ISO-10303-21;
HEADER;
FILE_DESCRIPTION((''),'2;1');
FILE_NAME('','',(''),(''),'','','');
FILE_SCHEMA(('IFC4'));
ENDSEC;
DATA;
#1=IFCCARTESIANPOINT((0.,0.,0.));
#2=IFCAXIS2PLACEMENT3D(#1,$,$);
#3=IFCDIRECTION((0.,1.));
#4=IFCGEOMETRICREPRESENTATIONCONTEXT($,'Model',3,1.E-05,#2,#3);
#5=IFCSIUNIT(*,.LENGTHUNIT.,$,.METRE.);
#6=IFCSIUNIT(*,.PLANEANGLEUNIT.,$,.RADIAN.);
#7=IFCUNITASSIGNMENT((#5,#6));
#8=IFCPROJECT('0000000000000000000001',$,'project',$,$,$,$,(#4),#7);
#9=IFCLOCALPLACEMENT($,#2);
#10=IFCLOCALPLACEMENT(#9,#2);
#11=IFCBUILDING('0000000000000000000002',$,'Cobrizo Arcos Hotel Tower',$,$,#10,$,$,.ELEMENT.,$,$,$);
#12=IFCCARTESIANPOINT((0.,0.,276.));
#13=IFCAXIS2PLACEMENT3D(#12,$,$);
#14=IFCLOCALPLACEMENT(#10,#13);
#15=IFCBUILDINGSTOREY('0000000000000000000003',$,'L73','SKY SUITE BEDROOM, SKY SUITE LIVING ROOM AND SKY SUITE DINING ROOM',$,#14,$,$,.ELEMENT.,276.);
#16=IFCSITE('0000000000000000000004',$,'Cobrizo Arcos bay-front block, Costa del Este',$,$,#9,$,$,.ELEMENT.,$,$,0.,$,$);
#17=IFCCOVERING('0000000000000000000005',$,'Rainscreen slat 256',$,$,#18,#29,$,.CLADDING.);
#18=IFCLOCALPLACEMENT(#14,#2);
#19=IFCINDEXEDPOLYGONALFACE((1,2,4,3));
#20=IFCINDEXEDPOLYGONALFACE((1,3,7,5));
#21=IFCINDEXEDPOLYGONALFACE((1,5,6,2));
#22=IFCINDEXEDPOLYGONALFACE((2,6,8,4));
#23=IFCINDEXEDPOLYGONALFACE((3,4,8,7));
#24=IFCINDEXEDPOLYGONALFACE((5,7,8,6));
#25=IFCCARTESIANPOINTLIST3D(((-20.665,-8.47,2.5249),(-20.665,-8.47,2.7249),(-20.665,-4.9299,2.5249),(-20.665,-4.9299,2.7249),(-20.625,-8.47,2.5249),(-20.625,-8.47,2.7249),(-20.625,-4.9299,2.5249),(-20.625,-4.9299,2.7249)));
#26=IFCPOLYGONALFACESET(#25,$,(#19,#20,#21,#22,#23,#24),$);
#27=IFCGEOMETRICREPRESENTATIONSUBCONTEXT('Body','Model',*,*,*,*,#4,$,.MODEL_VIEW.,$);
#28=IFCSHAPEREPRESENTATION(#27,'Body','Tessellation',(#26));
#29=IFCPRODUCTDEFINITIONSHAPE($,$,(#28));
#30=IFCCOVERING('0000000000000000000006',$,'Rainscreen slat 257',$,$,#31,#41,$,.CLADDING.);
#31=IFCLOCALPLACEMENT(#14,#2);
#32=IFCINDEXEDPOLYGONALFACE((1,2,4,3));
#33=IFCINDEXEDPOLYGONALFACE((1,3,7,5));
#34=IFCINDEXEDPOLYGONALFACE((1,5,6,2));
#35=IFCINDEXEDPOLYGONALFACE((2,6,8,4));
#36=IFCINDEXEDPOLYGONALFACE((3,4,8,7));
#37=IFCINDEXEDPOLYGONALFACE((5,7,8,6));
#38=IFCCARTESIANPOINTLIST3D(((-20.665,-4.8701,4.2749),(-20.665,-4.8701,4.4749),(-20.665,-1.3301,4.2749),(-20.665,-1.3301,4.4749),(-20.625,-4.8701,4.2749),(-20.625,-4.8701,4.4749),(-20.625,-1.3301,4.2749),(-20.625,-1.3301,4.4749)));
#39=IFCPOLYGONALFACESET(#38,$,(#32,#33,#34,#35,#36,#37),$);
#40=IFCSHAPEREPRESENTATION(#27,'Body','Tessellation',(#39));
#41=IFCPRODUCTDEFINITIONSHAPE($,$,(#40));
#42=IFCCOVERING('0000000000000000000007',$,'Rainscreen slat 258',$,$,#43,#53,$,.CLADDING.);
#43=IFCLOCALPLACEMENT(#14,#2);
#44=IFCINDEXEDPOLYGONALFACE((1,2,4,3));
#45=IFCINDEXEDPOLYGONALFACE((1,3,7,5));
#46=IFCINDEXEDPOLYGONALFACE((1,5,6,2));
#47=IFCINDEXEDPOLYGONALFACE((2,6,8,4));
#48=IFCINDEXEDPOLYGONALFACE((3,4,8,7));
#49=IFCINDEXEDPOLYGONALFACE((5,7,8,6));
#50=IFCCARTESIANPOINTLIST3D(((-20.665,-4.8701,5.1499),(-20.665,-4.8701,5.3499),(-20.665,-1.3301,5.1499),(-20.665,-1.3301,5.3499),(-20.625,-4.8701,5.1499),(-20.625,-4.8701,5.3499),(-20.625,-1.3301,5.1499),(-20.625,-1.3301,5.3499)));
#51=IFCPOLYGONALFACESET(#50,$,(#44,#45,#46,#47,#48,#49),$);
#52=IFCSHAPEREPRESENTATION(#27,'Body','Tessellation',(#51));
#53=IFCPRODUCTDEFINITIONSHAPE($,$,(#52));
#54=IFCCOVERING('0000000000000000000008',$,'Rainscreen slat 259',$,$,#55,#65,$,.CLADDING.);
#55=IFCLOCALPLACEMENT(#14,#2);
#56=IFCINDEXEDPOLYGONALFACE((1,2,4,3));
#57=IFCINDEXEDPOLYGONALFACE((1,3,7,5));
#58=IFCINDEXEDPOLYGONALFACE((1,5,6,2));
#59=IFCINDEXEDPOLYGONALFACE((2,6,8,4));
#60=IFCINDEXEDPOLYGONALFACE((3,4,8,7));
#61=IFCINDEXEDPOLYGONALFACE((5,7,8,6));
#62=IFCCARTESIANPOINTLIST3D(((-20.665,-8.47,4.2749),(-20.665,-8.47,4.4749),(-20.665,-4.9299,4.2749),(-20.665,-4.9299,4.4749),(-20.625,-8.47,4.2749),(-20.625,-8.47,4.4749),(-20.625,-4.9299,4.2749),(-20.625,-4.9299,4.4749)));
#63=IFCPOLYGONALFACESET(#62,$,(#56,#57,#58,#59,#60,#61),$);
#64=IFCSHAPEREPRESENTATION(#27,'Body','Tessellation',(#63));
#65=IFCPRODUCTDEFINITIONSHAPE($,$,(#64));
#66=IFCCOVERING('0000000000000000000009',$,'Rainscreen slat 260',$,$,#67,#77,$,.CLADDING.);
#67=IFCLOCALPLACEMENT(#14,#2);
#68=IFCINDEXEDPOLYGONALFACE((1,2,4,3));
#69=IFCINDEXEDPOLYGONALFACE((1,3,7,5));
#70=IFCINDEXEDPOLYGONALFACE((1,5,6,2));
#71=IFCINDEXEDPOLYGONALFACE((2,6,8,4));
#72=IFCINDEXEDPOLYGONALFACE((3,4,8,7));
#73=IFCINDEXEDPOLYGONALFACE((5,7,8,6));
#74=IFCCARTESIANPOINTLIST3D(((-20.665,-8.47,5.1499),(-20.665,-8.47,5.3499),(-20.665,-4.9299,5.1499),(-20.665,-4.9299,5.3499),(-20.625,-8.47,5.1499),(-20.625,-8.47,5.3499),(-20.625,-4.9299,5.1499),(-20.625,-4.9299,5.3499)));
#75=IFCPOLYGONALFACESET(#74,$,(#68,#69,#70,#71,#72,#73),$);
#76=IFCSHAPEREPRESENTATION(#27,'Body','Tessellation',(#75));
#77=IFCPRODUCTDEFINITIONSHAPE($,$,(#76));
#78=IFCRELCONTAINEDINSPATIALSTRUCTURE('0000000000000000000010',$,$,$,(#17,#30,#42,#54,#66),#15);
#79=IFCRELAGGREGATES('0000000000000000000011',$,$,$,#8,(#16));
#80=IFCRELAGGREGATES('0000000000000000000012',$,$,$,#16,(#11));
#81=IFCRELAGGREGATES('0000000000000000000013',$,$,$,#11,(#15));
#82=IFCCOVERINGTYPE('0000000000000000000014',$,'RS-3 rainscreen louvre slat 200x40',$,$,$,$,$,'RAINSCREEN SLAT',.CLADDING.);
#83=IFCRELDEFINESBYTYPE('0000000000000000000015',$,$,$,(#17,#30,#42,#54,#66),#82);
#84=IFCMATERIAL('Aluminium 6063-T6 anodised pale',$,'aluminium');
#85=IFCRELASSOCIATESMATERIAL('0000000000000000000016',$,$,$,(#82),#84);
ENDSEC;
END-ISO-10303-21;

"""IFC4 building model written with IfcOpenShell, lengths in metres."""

from ifc_helpers import new_model, si_unit, direction, frame, origin, origin_2d, place, context, subcontext, project, spatial, rectangle, extrude, material, type_object, element, save


model = new_model("IFC4")

# Units and contexts
model_context = context("Model", 3, precision=1e-05, world=origin(), true_north=direction((0.0, 1.0)))
body_context = subcontext(model_context, "Body", "Model", "MODEL_VIEW")
ifc_project = project(units=[si_unit("LENGTHUNIT", "METRE"), si_unit("PLANEANGLEUNIT", "RADIAN")], contexts=[model_context])

# Site, building, storey
site_placement = place(None, origin())
site = spatial("IfcSite", under=ifc_project, at=site_placement, Name="Cobrizo Arcos bay-front block, Costa del Este", CompositionType="ELEMENT", RefElevation=0.0)
building_placement = place(site_placement, origin())
building = spatial("IfcBuilding", under=site, at=building_placement, Name="Cobrizo Arcos Hotel Tower", CompositionType="ELEMENT")
storey_placement = place(building_placement, frame((0.0, 0.0, 276.0)))
storey = spatial("IfcBuildingStorey", under=building, at=storey_placement, Name="L73", Description="SKY SUITE BEDROOM, SKY SUITE LIVING ROOM AND SKY SUITE DINING ROOM", CompositionType="ELEMENT", Elevation=276.0)

# Coverings
ifc_material_1 = material(Name="Aluminium 6063-T6 anodised pale", Category="aluminium")
covering_type_1 = type_object("IfcCoveringType", Name="RS-3 rainscreen louvre slat 200x40", ElementType="RAINSCREEN SLAT", PredefinedType="CLADDING", material=ifc_material_1)
for number, where, z_axis, x_axis, name in (
    (1, (-20.645, -6.7, 2.5249), (0.0, 0.0, 1.0), (0.0, -1.0, 0.0), "Rainscreen slat 256"),
    (2, (-20.645, -3.1001, 4.2749), (0.0, 0.0, 1.0), (0.0, -1.0, 0.0), "Rainscreen slat 257"),
    (3, (-20.645, -3.1001, 5.1499), (0.0, 0.0, 1.0), (0.0, -1.0, 0.0), "Rainscreen slat 258"),
    (4, (-20.645, -6.7, 4.2749), (0.0, 0.0, 1.0), (0.0, -1.0, 0.0), "Rainscreen slat 259"),
    (5, (-20.645, -6.7, 5.1499), (0.0, 0.0, 1.0), (0.0, -1.0, 0.0), "Rainscreen slat 260"),
):
    element("IfcCovering", number, at=place(storey_placement, frame(where, z_axis=z_axis, x_axis=x_axis)), inside=storey, type_object=covering_type_1, Name=name, PredefinedType="CLADDING", context=body_context, shape_type="SweptSolid", body=[
        extrude(rectangle(XDim=3.54, YDim=0.04, at=origin_2d()), origin(), (0.0, 0.0, 1.0), 0.2),
    ])

save(model, "model.ifc")
